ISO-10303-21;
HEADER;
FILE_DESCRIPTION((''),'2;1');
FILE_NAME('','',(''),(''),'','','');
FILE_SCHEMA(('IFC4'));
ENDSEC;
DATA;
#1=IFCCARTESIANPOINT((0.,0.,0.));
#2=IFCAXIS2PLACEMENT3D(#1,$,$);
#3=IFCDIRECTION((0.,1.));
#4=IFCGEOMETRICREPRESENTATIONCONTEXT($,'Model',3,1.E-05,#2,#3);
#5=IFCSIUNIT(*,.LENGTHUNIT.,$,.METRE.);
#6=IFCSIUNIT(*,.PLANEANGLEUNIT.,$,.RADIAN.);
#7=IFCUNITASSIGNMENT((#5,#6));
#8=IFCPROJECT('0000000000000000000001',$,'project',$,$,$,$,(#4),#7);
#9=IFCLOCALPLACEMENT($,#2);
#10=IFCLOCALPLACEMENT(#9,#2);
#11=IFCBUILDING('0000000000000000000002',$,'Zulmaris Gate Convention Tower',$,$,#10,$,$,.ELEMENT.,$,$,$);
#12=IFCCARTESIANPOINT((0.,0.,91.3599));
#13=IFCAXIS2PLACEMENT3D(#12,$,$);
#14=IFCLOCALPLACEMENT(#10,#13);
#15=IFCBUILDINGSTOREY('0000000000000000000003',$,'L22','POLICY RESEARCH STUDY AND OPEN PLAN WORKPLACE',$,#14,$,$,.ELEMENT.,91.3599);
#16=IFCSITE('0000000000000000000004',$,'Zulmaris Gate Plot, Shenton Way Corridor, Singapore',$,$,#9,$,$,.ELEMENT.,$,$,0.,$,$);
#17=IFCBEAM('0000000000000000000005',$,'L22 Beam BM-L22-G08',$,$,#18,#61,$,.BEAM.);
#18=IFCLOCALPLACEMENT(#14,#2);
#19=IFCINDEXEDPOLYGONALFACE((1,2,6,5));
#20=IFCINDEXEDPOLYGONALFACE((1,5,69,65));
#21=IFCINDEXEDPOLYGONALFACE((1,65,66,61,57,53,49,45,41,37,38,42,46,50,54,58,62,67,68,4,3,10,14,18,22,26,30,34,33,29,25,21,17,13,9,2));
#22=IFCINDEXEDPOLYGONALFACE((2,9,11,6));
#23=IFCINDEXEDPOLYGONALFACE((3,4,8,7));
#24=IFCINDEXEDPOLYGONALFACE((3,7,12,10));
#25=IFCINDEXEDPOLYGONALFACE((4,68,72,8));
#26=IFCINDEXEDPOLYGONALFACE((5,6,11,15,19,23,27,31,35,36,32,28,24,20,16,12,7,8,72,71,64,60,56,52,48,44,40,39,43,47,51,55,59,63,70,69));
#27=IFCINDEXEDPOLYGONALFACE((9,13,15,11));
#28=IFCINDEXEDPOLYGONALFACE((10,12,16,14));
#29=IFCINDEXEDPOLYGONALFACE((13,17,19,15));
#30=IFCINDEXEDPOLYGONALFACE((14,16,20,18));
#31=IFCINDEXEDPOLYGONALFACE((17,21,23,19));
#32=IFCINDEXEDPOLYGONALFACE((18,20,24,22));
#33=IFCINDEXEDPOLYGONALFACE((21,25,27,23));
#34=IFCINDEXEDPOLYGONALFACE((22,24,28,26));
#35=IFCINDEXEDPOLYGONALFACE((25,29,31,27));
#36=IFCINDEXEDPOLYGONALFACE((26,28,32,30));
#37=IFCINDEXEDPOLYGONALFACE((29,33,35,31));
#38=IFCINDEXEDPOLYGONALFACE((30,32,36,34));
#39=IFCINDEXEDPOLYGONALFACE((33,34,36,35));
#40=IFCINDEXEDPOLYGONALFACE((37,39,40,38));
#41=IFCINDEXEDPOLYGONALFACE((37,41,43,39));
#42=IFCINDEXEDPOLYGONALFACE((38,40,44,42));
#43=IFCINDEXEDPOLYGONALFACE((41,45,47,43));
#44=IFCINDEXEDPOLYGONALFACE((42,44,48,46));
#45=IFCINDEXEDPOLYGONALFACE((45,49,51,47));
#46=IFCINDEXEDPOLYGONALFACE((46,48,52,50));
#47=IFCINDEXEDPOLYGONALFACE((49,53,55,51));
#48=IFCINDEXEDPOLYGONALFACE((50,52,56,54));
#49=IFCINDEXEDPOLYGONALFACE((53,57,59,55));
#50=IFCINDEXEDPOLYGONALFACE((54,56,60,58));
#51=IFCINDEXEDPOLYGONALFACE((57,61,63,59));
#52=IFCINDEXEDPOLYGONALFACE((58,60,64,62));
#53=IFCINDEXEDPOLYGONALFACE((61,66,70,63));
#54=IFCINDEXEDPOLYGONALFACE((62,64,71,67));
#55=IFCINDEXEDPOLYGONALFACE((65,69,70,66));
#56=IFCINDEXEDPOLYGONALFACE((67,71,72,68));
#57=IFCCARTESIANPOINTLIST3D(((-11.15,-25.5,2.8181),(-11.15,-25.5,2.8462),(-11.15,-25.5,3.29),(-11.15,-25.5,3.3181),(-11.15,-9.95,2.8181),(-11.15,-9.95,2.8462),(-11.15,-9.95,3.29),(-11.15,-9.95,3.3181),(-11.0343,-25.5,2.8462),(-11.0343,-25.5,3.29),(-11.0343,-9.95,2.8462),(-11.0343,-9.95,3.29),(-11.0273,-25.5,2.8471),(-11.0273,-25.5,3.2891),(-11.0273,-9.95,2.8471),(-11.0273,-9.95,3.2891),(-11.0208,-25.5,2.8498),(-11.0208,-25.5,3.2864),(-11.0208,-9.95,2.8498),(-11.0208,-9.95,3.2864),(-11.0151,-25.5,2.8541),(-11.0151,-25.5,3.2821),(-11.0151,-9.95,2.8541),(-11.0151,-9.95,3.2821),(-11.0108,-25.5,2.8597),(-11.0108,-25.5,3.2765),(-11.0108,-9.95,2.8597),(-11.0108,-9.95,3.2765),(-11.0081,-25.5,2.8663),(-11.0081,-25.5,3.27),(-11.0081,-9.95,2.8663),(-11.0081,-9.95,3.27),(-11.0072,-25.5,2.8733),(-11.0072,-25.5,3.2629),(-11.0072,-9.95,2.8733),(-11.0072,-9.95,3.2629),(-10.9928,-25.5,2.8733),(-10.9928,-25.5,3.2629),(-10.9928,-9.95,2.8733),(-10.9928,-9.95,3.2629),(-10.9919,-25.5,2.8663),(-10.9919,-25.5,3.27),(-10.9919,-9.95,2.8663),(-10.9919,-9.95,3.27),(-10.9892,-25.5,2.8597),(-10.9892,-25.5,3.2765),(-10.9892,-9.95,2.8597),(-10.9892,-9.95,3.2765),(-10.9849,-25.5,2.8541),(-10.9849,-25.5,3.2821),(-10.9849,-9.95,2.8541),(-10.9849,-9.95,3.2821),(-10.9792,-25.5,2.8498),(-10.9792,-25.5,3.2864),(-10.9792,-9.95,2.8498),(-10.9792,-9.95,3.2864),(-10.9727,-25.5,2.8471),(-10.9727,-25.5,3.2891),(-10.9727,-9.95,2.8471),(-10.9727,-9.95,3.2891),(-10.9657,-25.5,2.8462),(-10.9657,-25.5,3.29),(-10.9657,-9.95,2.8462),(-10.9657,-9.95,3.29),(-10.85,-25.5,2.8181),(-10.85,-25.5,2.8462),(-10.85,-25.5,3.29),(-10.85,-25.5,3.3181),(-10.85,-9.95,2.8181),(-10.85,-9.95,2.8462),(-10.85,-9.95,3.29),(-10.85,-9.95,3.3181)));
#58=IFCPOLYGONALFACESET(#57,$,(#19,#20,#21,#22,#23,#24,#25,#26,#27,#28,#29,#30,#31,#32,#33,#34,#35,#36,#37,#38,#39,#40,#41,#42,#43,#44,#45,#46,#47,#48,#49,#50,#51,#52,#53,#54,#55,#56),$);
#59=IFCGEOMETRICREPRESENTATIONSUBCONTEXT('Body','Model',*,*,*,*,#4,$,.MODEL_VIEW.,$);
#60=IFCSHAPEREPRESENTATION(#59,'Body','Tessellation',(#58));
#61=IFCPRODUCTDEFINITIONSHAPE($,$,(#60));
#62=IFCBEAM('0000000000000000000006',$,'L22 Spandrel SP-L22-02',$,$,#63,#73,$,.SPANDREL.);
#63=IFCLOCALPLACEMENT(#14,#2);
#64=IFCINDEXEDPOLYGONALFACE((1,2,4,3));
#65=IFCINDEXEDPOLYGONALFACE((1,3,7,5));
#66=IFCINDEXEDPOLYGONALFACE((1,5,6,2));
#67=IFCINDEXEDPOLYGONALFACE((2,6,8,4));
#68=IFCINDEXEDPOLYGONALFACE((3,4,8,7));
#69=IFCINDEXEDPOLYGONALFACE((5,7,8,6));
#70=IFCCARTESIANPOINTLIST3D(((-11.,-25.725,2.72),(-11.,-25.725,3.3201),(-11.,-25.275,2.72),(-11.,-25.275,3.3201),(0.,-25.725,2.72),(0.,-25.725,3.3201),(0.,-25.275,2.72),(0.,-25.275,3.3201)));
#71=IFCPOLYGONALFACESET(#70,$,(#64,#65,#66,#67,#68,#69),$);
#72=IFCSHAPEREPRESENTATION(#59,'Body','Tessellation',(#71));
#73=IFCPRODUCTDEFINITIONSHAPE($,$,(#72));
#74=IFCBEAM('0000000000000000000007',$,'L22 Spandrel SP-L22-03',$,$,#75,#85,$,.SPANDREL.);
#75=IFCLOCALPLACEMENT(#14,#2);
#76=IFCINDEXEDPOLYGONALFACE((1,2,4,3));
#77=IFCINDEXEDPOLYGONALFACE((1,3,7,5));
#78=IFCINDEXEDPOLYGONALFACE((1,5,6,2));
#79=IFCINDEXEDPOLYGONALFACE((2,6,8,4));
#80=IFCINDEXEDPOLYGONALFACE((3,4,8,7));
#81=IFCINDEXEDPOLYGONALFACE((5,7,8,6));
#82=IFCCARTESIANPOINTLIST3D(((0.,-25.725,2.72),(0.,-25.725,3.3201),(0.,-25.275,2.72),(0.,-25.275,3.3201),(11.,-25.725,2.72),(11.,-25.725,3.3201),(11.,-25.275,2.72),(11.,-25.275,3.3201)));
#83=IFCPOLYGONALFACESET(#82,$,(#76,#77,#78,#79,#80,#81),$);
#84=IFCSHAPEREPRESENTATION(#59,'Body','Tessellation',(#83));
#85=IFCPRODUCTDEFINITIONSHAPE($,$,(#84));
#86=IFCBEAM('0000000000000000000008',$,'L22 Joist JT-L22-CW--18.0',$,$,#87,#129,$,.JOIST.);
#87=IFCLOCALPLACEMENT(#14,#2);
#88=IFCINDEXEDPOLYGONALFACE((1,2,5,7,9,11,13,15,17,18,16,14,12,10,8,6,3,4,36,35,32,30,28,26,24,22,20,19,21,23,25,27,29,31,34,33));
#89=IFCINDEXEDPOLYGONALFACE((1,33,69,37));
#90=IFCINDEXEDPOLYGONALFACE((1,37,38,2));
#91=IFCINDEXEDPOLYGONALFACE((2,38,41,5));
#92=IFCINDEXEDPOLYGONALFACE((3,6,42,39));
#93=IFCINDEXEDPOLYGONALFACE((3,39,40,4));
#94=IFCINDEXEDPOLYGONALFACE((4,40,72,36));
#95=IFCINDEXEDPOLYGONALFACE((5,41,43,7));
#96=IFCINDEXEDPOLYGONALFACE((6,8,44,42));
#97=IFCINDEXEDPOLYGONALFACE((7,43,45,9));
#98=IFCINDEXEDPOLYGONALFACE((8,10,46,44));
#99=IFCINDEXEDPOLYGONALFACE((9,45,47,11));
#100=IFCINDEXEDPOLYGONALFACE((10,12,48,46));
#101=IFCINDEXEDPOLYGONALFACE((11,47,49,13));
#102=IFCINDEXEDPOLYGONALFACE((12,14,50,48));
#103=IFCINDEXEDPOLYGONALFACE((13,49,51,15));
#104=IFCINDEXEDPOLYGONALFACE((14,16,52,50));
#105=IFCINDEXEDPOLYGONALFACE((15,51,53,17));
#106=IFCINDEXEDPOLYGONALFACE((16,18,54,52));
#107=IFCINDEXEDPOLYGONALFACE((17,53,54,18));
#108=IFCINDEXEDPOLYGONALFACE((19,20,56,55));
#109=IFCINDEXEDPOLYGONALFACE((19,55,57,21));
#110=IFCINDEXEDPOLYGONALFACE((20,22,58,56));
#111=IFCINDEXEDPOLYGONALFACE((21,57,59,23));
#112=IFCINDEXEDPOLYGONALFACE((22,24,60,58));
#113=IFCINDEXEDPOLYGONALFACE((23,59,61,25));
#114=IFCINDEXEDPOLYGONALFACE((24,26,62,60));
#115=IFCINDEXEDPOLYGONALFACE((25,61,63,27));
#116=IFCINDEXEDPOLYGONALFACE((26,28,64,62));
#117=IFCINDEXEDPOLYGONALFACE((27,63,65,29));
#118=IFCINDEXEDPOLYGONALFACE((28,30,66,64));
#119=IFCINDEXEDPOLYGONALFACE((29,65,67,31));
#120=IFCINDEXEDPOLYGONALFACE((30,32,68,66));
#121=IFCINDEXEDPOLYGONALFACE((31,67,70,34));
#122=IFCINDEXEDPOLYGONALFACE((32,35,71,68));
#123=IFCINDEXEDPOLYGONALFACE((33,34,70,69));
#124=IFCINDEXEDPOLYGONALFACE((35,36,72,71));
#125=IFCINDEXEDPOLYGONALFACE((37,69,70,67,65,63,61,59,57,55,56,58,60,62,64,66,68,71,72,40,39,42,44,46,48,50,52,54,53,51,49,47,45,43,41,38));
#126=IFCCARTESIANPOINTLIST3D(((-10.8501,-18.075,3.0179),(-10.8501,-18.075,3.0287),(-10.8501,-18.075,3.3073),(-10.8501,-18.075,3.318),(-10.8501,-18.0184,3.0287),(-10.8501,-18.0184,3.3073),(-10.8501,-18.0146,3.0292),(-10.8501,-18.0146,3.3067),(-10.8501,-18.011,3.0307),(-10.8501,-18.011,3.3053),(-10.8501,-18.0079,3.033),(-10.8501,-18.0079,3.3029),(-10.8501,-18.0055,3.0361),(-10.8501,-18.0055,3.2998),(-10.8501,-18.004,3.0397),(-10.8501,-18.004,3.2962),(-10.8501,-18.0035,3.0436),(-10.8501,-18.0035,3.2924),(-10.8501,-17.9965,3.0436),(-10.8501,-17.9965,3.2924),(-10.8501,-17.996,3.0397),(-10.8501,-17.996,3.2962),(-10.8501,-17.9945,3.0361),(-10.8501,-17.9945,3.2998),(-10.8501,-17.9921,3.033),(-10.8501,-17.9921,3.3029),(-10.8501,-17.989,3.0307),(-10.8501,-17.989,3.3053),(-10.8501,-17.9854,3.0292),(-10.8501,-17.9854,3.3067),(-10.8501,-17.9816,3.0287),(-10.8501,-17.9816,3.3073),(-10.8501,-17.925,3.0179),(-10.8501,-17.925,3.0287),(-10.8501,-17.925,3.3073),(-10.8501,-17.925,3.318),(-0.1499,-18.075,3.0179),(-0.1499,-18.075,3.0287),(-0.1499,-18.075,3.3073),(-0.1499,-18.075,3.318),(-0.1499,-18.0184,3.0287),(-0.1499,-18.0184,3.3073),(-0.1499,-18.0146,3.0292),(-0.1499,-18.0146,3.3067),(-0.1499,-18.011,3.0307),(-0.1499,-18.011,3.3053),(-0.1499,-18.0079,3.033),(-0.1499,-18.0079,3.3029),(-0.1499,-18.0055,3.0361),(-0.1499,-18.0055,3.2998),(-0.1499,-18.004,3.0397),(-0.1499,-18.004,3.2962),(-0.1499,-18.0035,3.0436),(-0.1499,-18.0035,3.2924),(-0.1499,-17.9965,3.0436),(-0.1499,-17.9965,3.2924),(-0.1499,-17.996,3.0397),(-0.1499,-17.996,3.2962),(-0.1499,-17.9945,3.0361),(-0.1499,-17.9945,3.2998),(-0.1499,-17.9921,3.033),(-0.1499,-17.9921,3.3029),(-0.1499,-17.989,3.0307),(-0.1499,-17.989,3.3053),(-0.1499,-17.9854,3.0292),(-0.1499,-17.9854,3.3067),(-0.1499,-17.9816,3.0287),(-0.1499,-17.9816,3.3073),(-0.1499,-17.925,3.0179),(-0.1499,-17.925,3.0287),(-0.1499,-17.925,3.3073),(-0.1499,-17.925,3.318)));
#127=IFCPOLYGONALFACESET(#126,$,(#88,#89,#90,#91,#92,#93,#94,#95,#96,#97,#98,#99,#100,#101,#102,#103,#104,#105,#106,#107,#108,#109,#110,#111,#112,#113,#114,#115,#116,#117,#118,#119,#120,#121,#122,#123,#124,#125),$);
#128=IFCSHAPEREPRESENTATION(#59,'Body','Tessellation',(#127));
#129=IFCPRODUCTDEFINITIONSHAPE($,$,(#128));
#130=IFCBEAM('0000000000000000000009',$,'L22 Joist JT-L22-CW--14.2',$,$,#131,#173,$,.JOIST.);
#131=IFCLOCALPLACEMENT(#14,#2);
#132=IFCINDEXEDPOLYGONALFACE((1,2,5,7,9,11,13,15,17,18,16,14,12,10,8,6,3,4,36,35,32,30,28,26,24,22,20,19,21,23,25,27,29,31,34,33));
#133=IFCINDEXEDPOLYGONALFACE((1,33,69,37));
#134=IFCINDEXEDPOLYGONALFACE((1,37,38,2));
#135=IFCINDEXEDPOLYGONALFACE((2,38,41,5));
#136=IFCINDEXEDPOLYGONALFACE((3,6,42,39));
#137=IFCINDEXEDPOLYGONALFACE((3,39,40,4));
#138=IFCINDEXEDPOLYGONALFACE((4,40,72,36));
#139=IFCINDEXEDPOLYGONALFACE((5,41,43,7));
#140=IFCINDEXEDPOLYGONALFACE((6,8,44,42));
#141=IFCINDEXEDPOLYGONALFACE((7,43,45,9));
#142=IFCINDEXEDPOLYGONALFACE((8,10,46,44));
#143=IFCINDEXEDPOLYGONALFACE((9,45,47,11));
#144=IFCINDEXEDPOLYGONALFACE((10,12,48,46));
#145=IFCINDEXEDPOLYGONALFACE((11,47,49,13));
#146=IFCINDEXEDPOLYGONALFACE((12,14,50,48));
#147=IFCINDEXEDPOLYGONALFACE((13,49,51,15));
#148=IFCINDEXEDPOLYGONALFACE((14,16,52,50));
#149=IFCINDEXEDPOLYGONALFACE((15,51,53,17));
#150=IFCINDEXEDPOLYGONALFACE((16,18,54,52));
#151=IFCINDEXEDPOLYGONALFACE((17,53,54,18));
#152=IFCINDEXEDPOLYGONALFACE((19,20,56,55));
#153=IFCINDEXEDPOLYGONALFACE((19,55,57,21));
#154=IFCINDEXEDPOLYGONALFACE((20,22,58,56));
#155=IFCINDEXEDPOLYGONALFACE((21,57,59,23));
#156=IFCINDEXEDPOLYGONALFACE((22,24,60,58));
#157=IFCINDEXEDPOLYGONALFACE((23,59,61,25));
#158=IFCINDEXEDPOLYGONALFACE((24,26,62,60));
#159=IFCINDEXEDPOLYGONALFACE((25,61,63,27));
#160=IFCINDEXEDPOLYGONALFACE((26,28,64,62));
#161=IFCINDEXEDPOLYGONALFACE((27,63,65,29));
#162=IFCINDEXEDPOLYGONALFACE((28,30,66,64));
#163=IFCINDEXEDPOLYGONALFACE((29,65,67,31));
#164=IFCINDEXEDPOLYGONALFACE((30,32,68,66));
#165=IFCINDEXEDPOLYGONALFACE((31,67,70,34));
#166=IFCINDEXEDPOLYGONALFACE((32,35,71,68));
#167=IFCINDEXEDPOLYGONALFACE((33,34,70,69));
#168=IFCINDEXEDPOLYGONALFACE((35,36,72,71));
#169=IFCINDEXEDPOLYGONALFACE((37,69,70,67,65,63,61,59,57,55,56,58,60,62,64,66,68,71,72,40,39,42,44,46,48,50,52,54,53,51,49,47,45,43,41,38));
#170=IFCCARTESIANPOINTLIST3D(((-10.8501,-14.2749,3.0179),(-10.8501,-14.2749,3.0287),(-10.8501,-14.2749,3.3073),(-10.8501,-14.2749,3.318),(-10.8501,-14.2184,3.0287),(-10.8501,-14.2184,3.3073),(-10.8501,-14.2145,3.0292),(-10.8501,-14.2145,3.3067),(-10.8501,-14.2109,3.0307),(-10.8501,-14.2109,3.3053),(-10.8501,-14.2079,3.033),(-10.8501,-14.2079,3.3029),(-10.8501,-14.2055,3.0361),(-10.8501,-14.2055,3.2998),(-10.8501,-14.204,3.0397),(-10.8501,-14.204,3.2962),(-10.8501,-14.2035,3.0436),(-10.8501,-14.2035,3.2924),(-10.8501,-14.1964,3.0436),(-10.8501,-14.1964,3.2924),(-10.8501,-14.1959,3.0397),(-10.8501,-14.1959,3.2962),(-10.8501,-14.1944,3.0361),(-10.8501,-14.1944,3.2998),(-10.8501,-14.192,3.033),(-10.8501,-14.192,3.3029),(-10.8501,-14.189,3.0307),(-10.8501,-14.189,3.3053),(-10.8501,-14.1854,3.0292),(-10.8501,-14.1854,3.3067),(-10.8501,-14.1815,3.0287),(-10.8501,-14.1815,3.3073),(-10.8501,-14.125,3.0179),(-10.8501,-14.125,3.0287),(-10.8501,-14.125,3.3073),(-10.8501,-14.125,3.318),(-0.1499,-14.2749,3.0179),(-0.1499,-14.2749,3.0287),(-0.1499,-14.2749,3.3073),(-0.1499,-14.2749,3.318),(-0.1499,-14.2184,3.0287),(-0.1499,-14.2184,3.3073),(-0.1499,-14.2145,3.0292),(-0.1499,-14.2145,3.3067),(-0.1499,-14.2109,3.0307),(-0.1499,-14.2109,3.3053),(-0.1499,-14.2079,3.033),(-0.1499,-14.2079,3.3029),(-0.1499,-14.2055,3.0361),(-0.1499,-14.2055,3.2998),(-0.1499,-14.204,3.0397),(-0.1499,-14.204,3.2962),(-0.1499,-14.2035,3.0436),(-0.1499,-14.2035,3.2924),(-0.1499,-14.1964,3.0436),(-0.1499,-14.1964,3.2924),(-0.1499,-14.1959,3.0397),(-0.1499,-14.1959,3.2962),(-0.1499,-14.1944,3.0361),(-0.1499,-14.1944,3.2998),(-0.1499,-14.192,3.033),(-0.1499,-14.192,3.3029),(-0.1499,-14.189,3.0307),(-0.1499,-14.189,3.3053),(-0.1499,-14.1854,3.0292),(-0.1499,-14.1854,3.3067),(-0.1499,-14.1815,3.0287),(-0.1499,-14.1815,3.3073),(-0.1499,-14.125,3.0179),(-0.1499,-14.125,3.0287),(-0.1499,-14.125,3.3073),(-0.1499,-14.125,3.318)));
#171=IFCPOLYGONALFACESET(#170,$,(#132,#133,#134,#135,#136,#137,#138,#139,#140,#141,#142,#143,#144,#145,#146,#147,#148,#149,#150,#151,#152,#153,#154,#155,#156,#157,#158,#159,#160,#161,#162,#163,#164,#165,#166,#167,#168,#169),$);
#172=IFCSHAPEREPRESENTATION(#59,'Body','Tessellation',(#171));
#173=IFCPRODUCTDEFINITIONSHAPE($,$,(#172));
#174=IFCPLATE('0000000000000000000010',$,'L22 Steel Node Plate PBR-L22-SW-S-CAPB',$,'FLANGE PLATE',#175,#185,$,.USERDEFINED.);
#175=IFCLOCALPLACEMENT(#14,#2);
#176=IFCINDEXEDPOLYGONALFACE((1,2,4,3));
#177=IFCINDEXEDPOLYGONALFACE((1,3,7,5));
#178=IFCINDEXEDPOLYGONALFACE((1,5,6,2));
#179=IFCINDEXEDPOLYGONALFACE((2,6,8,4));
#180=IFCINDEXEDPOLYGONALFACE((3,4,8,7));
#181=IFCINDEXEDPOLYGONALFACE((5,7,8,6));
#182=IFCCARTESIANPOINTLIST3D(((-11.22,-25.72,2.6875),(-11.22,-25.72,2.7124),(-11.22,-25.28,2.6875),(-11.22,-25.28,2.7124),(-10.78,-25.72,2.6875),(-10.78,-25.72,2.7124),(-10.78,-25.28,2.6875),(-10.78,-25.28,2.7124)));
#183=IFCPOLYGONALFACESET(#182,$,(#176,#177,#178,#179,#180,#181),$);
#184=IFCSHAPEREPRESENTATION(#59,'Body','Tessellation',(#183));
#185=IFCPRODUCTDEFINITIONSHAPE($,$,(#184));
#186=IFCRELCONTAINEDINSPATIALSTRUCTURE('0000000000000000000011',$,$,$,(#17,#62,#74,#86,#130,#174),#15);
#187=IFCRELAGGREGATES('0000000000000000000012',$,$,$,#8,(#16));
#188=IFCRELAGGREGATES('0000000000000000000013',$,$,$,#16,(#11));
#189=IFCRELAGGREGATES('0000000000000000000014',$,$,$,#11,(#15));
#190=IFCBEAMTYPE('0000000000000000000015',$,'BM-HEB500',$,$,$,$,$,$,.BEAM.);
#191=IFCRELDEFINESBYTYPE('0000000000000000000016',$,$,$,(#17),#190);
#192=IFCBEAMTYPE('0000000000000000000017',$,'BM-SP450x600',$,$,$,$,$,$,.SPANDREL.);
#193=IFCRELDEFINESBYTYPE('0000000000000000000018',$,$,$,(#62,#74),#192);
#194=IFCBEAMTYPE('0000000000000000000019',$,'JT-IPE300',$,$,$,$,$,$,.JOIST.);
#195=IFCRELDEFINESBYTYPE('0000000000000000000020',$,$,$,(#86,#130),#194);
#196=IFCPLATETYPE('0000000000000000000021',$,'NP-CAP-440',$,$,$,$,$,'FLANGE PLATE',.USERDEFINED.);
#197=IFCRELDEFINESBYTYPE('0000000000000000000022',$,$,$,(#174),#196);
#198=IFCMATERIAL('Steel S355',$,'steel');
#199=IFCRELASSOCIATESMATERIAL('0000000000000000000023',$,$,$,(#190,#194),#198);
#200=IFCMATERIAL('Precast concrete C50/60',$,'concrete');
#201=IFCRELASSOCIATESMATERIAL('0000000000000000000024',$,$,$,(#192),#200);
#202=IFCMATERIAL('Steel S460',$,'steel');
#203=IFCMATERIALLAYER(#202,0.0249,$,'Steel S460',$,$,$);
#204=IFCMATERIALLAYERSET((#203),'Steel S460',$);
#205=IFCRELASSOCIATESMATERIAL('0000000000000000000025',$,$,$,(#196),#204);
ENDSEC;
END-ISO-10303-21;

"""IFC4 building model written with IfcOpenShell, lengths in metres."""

from ifc_helpers import new_model, si_unit, direction, frame, origin, origin_2d, place, context, subcontext, project, spatial, rectangle, i_section, extrude, material, layer, layer_set, material_profile, profile_set, type_object, element, save


model = new_model("IFC4")

# Units and contexts
model_context = context("Model", 3, precision=1e-05, world=origin(), true_north=direction((0.0, 1.0)))
body_context = subcontext(model_context, "Body", "Model", "MODEL_VIEW")
ifc_project = project(units=[si_unit("LENGTHUNIT", "METRE"), si_unit("PLANEANGLEUNIT", "RADIAN")], contexts=[model_context])

# Site, building, storey
site_placement = place(None, origin())
site = spatial("IfcSite", under=ifc_project, at=site_placement, Name="Zulmaris Gate Plot, Shenton Way Corridor, Singapore", CompositionType="ELEMENT", RefElevation=0.0)
building_placement = place(site_placement, origin())
building = spatial("IfcBuilding", under=site, at=building_placement, Name="Zulmaris Gate Convention Tower", CompositionType="ELEMENT")
storey_placement = place(building_placement, frame((0.0, 0.0, 91.3599)))
storey = spatial("IfcBuildingStorey", under=building, at=storey_placement, Name="L22", Description="POLICY RESEARCH STUDY AND OPEN PLAN WORKPLACE", CompositionType="ELEMENT", Elevation=91.3599)

# Beams
ifc_material_1 = material(Name="Steel S355", Category="steel")
ifc_material_profile_1 = material_profile(ifc_material_1, i_section(OverallWidth=0.3, OverallDepth=0.5, WebThickness=0.0144, FlangeThickness=0.0281, FilletRadius=0.0271, at=origin_2d()), Name="HEB 500")
ifc_profile_set_1 = profile_set([ifc_material_profile_1], Name="Steel S355")
beam_type_1 = type_object("IfcBeamType", Name="BM-HEB500", PredefinedType="BEAM", material=ifc_profile_set_1)
beam_1_placement = place(storey_placement, frame((-11.0, -25.5, 3.0681), z_axis=(0.0, 1.0, 0.0), x_axis=(-1.0, 0.0, 0.0)))
element("IfcBeam", 1, at=beam_1_placement, inside=storey, type_object=beam_type_1, Name="L22 Beam BM-L22-G08", PredefinedType="BEAM", context=body_context, shape_type="SweptSolid", body=[
    extrude(i_section(OverallWidth=0.3, OverallDepth=0.5, WebThickness=0.0144, FlangeThickness=0.0281, FilletRadius=0.0271, at=origin_2d()), origin(), (0.0, 0.0, 1.0), 15.55),
])
ifc_material_2 = material(Name="Precast concrete C50/60", Category="concrete")
ifc_material_profile_2 = material_profile(ifc_material_2, rectangle(XDim=0.45, YDim=0.6001, at=origin_2d()), Name="RC SPANDREL 450x600")
ifc_profile_set_2 = profile_set([ifc_material_profile_2], Name="Precast concrete C50/60")
beam_type_2 = type_object("IfcBeamType", Name="BM-SP450x600", PredefinedType="SPANDREL", material=ifc_profile_set_2)
for number, where, z_axis, x_axis, name in (
    (2, (-11.0, -25.5, 3.02), (1.0, 0.0, 0.0), (0.0, 1.0, 0.0), "L22 Spandrel SP-L22-02"),
    (3, (0.0, -25.5, 3.02), (1.0, 0.0, 0.0), (0.0, 1.0, 0.0), "L22 Spandrel SP-L22-03"),
):
    element("IfcBeam", number, at=place(storey_placement, frame(where, z_axis=z_axis, x_axis=x_axis)), inside=storey, type_object=beam_type_2, Name=name, PredefinedType="SPANDREL", context=body_context, shape_type="SweptSolid", body=[
        extrude(rectangle(XDim=0.45, YDim=0.6001, at=origin_2d()), origin(), (0.0, 0.0, 1.0), 11.0),
    ])
ifc_material_profile_3 = material_profile(ifc_material_1, i_section(OverallWidth=0.1499, OverallDepth=0.3, WebThickness=0.0071, FlangeThickness=0.0107, FilletRadius=0.0149, at=origin_2d()), Name="IPE 300")
ifc_profile_set_3 = profile_set([ifc_material_profile_3], Name="Steel S355")
beam_type_3 = type_object("IfcBeamType", Name="JT-IPE300", PredefinedType="JOIST", material=ifc_profile_set_3)
for number, where, z_axis, x_axis, name in (
    (4, (-10.8501, -18.0, 3.168), (1.0, 0.0, 0.0), (0.0, 1.0, 0.0), "L22 Joist JT-L22-CW--18.0"),
    (5, (-10.8501, -14.2, 3.168), (1.0, 0.0, 0.0), (0.0, 1.0, 0.0), "L22 Joist JT-L22-CW--14.2"),
):
    element("IfcBeam", number, at=place(storey_placement, frame(where, z_axis=z_axis, x_axis=x_axis)), inside=storey, type_object=beam_type_3, Name=name, PredefinedType="JOIST", context=body_context, shape_type="SweptSolid", body=[
        extrude(i_section(OverallWidth=0.1499, OverallDepth=0.3, WebThickness=0.0071, FlangeThickness=0.0107, FilletRadius=0.0149, at=origin_2d()), origin(), (0.0, 0.0, 1.0), 10.7002),
    ])

# Plate
ifc_material_3 = material(Name="Steel S460", Category="steel")
ifc_layer_1 = layer(ifc_material_3, 0.0249, Name="Steel S460")
ifc_layer_set_1 = layer_set([ifc_layer_1], Name="Steel S460")
plate_type = type_object("IfcPlateType", Name="NP-CAP-440", ElementType="FLANGE PLATE", PredefinedType="USERDEFINED", material=ifc_layer_set_1)
plate_placement = place(storey_placement, frame((-11.0, -25.5, 2.6875), z_axis=(0.0, 0.0, 1.0), x_axis=(1.0, 0.0, 0.0)))
element("IfcPlate", 6, at=plate_placement, inside=storey, type_object=plate_type, Name="L22 Steel Node Plate PBR-L22-SW-S-CAPB", ObjectType="FLANGE PLATE", PredefinedType="USERDEFINED", context=body_context, shape_type="SweptSolid", body=[
    extrude(rectangle(XDim=0.4399, YDim=0.4399, at=origin_2d()), origin(), (0.0, 0.0, 1.0), 0.0249),
])

save(model, "model.ifc")
